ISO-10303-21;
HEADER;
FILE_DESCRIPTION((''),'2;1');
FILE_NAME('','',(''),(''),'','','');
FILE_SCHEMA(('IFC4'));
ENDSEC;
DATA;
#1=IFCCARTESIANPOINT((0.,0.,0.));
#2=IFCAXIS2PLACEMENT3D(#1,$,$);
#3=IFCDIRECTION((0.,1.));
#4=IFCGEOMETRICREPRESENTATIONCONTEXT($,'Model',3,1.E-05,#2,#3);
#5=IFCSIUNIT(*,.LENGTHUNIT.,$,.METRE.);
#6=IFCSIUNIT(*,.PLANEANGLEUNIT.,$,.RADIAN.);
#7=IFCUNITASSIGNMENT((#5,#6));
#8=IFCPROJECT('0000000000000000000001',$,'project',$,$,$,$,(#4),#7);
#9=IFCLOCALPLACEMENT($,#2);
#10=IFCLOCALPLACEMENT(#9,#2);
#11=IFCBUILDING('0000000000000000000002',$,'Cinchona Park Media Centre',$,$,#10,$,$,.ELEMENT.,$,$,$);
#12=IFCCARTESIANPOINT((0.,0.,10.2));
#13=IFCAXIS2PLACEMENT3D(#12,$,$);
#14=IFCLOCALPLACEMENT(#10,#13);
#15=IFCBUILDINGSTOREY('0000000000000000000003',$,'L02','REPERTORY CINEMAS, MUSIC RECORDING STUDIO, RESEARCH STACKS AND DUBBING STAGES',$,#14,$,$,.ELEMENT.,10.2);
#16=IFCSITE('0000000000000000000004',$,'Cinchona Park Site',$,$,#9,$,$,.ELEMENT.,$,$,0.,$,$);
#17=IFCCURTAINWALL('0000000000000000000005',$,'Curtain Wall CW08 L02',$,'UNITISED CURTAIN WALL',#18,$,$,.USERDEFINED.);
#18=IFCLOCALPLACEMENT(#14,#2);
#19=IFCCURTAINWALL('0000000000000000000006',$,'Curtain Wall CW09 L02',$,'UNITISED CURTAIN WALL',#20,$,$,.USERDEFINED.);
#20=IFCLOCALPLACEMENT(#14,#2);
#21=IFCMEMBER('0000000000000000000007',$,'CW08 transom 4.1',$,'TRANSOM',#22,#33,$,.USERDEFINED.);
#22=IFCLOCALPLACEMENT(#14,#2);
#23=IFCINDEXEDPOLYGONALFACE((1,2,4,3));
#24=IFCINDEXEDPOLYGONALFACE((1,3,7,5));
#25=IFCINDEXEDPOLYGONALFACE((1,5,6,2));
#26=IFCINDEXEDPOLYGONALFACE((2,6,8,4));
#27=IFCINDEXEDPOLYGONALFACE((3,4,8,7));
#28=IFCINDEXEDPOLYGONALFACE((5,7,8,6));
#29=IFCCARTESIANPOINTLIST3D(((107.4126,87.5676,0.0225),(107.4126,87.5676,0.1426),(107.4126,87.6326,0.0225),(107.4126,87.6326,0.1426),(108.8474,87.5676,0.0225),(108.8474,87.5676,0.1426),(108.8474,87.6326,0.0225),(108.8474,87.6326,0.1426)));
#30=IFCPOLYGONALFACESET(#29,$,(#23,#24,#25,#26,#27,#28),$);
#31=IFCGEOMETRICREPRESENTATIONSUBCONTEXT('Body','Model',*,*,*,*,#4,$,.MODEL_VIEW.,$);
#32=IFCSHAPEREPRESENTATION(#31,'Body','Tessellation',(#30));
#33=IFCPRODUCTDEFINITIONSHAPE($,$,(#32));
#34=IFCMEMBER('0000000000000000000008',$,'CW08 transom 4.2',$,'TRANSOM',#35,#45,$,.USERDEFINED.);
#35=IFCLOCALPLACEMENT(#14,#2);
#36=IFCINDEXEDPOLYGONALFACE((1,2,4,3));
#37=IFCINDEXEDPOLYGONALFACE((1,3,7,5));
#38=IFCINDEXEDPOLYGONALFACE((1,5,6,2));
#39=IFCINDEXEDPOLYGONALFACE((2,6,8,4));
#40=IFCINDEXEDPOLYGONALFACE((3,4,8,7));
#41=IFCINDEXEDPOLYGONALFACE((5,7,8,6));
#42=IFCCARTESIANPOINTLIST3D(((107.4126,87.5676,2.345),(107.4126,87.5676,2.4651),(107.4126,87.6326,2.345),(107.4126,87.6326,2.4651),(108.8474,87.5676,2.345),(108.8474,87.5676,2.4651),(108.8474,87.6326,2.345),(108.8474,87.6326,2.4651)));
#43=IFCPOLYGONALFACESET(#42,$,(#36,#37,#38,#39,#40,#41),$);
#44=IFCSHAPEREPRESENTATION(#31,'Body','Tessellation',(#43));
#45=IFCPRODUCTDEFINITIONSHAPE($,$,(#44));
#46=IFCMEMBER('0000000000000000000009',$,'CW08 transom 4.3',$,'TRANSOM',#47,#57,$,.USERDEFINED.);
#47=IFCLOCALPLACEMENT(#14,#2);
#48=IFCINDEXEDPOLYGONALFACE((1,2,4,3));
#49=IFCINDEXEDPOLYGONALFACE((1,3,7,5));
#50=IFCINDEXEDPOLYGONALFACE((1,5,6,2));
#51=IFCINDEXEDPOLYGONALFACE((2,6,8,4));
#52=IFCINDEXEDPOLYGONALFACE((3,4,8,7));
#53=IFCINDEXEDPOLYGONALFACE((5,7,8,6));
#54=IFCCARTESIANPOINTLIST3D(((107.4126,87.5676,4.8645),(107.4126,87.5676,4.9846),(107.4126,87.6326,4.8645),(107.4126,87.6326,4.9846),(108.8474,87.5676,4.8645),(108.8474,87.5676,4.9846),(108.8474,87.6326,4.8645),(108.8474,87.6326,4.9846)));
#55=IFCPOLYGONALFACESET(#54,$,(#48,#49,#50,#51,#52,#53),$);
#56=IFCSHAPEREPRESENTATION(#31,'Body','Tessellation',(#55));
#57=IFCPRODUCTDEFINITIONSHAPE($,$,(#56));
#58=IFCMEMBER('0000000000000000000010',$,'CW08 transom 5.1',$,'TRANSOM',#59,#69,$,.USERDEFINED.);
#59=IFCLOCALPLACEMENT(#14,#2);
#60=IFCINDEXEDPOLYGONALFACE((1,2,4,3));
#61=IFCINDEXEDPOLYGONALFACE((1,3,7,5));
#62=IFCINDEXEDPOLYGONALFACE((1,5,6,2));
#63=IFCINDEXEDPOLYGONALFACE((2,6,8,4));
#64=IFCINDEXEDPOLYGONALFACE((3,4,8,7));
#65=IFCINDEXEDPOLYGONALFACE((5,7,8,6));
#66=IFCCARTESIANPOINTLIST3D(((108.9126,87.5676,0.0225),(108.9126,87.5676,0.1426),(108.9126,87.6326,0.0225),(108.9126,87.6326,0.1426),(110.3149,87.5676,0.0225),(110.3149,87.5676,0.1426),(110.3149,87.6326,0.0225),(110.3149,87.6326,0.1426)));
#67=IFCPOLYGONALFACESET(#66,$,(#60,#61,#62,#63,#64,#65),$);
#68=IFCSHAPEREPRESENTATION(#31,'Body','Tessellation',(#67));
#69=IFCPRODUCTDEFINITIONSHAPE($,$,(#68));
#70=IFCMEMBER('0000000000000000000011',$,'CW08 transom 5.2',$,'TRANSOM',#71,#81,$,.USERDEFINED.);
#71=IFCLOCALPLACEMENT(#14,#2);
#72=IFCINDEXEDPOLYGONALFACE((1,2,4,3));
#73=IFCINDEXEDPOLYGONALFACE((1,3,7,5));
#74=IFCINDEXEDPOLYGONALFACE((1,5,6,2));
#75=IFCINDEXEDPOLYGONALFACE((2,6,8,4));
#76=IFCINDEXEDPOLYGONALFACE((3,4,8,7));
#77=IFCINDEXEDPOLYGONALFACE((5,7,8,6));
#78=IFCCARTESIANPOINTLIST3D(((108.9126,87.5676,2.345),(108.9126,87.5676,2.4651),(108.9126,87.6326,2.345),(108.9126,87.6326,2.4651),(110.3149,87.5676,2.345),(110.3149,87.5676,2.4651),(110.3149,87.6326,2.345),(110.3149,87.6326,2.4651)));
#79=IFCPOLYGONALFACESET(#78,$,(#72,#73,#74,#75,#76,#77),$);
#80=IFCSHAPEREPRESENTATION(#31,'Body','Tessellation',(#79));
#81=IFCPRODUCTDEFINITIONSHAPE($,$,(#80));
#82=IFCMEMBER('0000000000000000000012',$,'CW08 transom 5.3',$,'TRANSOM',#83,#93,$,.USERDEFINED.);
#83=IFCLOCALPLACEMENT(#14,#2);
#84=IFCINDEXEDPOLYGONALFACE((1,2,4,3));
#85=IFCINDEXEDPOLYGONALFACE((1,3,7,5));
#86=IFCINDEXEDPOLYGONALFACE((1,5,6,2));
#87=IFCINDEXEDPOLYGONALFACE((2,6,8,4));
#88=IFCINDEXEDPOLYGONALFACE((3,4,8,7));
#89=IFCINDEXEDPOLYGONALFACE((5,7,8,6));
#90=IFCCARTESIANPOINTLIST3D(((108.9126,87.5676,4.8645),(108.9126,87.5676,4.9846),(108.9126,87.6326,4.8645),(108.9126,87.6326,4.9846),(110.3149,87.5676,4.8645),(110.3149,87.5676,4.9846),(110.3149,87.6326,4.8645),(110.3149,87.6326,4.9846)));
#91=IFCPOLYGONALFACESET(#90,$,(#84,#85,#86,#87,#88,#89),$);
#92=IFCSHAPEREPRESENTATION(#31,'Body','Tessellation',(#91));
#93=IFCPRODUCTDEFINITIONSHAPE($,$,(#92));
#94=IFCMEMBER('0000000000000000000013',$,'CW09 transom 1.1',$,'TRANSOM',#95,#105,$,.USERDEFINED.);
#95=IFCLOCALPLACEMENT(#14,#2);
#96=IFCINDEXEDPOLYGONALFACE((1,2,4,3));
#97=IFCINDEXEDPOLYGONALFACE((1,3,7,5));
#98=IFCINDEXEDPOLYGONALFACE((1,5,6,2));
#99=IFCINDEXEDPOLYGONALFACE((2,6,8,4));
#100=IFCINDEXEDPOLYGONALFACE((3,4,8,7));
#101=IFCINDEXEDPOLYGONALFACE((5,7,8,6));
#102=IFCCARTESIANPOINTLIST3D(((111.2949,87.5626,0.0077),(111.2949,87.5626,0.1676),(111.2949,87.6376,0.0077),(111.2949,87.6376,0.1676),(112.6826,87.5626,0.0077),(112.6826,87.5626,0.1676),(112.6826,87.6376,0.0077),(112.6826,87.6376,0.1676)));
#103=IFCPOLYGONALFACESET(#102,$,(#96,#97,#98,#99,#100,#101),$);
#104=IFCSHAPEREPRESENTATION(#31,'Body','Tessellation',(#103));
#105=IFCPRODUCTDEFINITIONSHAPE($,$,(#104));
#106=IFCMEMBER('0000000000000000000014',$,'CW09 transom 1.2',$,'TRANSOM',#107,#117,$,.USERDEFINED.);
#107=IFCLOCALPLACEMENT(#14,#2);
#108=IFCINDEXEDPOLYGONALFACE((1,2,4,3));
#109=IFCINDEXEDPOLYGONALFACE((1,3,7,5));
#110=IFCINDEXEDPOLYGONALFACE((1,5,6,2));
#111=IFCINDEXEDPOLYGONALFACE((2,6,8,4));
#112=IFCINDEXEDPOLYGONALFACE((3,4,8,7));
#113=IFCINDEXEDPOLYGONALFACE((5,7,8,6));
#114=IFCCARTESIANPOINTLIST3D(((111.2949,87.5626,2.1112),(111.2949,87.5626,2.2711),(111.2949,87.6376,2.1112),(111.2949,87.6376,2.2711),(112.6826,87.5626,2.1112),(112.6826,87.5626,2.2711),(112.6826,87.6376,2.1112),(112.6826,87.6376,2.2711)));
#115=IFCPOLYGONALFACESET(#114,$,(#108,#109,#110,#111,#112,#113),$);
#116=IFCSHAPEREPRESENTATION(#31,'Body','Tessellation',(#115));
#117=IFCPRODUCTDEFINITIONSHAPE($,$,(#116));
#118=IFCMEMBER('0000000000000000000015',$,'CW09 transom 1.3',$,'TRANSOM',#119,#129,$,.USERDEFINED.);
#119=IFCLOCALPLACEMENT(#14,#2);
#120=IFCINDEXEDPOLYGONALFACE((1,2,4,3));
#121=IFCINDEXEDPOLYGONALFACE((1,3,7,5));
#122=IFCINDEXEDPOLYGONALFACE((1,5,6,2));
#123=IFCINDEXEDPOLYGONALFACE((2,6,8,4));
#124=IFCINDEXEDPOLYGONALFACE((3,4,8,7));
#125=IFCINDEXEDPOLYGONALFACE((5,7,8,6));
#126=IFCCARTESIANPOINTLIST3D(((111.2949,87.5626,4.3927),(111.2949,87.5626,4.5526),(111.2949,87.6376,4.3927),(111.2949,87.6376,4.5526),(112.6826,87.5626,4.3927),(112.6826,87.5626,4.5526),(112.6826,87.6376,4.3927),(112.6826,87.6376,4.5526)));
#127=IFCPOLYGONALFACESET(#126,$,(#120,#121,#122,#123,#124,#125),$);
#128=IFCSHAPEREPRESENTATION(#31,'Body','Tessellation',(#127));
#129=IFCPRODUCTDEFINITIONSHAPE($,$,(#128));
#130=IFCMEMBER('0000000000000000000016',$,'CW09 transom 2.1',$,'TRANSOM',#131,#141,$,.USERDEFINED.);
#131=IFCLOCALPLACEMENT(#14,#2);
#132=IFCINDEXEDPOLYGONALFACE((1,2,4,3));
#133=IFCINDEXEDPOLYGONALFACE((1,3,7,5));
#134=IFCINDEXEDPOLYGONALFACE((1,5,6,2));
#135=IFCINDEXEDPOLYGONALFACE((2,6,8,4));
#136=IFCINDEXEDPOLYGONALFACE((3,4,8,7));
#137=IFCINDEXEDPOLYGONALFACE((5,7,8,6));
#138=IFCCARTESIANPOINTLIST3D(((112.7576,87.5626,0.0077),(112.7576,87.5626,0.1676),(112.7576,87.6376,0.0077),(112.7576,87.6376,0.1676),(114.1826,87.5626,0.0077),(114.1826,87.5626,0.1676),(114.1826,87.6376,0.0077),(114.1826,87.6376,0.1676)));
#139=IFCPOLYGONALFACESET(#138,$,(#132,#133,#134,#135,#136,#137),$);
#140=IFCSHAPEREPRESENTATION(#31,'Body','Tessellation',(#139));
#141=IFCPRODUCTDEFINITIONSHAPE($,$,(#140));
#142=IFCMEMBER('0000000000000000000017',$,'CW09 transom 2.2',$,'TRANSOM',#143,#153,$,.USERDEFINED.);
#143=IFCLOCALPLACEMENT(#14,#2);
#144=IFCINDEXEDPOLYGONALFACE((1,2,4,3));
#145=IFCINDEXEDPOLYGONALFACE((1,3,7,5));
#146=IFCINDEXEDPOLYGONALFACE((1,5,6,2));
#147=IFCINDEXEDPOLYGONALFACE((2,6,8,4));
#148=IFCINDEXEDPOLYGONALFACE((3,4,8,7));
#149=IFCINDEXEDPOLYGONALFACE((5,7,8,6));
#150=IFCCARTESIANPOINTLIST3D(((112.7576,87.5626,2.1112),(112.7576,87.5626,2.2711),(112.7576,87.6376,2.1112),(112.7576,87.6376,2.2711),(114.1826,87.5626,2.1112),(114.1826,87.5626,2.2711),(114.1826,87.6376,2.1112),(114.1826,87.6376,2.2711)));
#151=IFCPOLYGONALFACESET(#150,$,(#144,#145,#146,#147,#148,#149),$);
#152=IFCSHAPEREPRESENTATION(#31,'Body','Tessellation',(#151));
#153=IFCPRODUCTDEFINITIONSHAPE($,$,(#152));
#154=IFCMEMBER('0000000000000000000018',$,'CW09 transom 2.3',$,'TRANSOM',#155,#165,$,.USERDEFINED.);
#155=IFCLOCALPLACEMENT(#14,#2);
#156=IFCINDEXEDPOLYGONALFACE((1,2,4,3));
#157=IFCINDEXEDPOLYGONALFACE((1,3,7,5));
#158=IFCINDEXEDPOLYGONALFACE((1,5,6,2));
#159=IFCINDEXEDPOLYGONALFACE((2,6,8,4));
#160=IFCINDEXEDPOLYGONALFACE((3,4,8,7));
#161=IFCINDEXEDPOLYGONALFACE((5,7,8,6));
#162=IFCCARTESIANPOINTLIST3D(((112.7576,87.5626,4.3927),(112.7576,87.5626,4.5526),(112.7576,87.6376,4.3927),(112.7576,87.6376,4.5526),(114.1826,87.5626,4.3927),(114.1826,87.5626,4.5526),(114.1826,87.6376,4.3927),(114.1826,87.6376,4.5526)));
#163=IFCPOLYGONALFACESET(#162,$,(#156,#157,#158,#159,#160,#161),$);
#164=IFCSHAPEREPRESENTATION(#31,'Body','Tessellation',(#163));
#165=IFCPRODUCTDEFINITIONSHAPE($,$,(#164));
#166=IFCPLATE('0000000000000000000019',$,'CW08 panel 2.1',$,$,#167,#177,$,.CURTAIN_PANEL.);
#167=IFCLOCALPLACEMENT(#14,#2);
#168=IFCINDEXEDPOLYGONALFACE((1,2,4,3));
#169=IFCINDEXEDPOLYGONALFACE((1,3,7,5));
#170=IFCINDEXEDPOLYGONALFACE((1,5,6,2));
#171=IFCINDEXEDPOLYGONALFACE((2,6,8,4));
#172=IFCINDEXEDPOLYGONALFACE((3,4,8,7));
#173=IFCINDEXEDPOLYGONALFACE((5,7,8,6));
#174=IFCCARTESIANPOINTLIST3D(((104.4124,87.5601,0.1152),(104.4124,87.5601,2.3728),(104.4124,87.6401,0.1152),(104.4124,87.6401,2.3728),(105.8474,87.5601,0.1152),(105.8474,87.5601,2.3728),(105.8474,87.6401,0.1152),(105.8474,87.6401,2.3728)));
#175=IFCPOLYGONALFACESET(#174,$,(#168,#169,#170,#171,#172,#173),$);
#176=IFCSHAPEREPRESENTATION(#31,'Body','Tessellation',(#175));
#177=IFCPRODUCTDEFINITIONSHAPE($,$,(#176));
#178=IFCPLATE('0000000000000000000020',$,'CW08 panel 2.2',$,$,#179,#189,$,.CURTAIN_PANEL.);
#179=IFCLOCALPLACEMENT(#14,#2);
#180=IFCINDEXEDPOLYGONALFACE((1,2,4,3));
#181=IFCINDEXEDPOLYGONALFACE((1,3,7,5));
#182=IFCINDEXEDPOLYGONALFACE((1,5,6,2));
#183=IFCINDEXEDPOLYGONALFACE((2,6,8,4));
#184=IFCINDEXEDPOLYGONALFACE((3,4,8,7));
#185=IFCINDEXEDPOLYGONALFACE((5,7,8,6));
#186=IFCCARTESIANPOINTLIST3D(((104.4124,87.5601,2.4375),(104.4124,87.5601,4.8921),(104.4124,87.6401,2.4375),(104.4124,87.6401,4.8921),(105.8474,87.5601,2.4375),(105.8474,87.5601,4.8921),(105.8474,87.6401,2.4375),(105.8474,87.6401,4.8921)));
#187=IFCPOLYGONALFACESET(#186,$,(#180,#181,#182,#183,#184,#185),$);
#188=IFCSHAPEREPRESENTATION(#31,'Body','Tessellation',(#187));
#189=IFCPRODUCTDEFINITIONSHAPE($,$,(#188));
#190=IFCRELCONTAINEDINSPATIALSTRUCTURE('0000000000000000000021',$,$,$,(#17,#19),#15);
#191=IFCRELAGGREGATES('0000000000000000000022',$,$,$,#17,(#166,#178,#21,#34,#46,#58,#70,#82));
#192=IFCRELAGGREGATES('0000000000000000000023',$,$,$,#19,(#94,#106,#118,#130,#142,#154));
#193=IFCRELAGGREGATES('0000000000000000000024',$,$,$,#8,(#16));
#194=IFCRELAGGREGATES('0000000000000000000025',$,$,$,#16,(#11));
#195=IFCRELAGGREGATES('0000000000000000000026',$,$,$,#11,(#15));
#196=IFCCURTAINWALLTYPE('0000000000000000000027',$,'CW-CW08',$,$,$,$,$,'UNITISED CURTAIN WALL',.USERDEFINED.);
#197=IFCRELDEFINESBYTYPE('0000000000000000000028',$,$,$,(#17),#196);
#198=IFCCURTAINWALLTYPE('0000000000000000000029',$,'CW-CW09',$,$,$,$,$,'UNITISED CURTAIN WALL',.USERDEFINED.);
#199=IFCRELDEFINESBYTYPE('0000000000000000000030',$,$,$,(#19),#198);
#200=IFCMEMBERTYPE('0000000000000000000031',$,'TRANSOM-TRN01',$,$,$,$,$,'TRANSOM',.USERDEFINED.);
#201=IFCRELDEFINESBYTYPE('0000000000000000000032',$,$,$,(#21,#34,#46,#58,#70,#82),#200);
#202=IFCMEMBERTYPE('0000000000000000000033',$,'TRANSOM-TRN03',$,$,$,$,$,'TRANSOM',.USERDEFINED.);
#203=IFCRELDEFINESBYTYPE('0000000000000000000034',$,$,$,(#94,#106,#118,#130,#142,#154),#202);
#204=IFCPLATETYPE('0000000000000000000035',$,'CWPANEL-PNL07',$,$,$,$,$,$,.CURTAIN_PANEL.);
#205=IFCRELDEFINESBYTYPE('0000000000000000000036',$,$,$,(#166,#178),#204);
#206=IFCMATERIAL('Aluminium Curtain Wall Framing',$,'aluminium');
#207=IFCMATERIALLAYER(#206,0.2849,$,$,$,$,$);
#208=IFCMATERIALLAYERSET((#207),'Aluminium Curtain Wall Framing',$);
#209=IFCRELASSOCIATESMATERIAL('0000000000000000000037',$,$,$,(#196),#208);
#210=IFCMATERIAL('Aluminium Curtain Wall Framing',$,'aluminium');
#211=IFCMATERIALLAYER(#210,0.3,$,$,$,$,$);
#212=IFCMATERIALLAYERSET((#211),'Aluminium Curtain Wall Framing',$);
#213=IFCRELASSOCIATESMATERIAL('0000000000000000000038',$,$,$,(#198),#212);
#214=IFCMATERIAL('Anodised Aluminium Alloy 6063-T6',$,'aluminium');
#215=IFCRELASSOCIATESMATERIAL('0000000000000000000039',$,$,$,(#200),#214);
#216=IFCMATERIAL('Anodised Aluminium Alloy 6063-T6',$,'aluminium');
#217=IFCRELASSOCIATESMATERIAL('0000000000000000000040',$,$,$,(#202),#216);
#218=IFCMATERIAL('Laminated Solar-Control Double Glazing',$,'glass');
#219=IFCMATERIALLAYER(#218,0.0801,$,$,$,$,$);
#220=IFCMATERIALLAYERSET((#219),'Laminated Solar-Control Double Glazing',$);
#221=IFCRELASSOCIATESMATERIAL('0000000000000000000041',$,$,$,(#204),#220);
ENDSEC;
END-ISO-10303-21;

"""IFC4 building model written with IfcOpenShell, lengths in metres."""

from ifc_helpers import new_model, si_unit, direction, frame, origin, origin_2d, place, context, subcontext, project, spatial, rectangle, extrude, material, layer, layer_set, material_profile, profile_set, type_object, element, aggregate, save


model = new_model("IFC4")

# Units and contexts
model_context = context("Model", 3, precision=1e-05, world=origin(), true_north=direction((0.0, 1.0)))
body_context = subcontext(model_context, "Body", "Model", "MODEL_VIEW")
ifc_project = project(units=[si_unit("LENGTHUNIT", "METRE"), si_unit("PLANEANGLEUNIT", "RADIAN")], contexts=[model_context])

# Site, building, storey
site_placement = place(None, origin())
site = spatial("IfcSite", under=ifc_project, at=site_placement, Name="Cinchona Park Site", CompositionType="ELEMENT", RefElevation=0.0)
building_placement = place(site_placement, origin())
building = spatial("IfcBuilding", under=site, at=building_placement, Name="Cinchona Park Media Centre", CompositionType="ELEMENT")
storey_placement = place(building_placement, frame((0.0, 0.0, 10.2)))
storey = spatial("IfcBuildingStorey", under=building, at=storey_placement, Name="L02", Description="REPERTORY CINEMAS, MUSIC RECORDING STUDIO, RESEARCH STACKS AND DUBBING STAGES", CompositionType="ELEMENT", Elevation=10.2)

# Curtain walls
ifc_material_1 = material(Name="Aluminium Curtain Wall Framing", Category="aluminium")
ifc_layer_1 = layer(ifc_material_1, 0.2849)
ifc_layer_set_1 = layer_set([ifc_layer_1], Name="Aluminium Curtain Wall Framing")
curtain_wall_type_1 = type_object("IfcCurtainWallType", Name="CW-CW08", ElementType="UNITISED CURTAIN WALL", PredefinedType="USERDEFINED", material=ifc_layer_set_1)
curtain_wall_1_placement = place(storey_placement, origin())
curtain_wall_1 = element("IfcCurtainWall", 1, at=curtain_wall_1_placement, inside=storey, type_object=curtain_wall_type_1, Name="Curtain Wall CW08 L02", ObjectType="UNITISED CURTAIN WALL", PredefinedType="USERDEFINED")
ifc_material_2 = material(Name="Aluminium Curtain Wall Framing", Category="aluminium")
ifc_layer_2 = layer(ifc_material_2, 0.3)
ifc_layer_set_2 = layer_set([ifc_layer_2], Name="Aluminium Curtain Wall Framing")
curtain_wall_type_2 = type_object("IfcCurtainWallType", Name="CW-CW09", ElementType="UNITISED CURTAIN WALL", PredefinedType="USERDEFINED", material=ifc_layer_set_2)
curtain_wall_2_placement = place(storey_placement, origin())
curtain_wall_2 = element("IfcCurtainWall", 2, at=curtain_wall_2_placement, inside=storey, type_object=curtain_wall_type_2, Name="Curtain Wall CW09 L02", ObjectType="UNITISED CURTAIN WALL", PredefinedType="USERDEFINED")

# Members
ifc_material_3 = material(Name="Anodised Aluminium Alloy 6063-T6", Category="aluminium")
ifc_material_profile_1 = material_profile(ifc_material_3, rectangle(XDim=0.0649, YDim=0.1201, at=origin_2d()), Name="TRN-65X120")
ifc_profile_set_1 = profile_set([ifc_material_profile_1], Name="Anodised Aluminium Alloy 6063-T6")
member_type_1 = type_object("IfcMemberType", Name="TRANSOM-TRN01", ElementType="TRANSOM", PredefinedType="USERDEFINED", material=ifc_profile_set_1)
member_1_placement = place(storey_placement, frame((107.4126, 87.6001, 0.0825), z_axis=(1.0, 0.0, 0.0), x_axis=(0.0, 1.0, 0.0)))
member_1 = element("IfcMember", 3, at=member_1_placement, type_object=member_type_1, Name="CW08 transom 4.1", ObjectType="TRANSOM", PredefinedType="USERDEFINED", context=body_context, shape_type="SweptSolid", body=[
    extrude(rectangle(XDim=0.0649, YDim=0.1201, at=origin_2d()), origin(), (0.0, 0.0, 1.0), 1.4348),
])
member_2_placement = place(storey_placement, frame((107.4126, 87.6001, 2.405), z_axis=(1.0, 0.0, 0.0), x_axis=(0.0, 1.0, 0.0)))
member_2 = element("IfcMember", 4, at=member_2_placement, type_object=member_type_1, Name="CW08 transom 4.2", ObjectType="TRANSOM", PredefinedType="USERDEFINED", context=body_context, shape_type="SweptSolid", body=[
    extrude(rectangle(XDim=0.0649, YDim=0.1201, at=origin_2d()), origin(), (0.0, 0.0, 1.0), 1.4348),
])
member_3_placement = place(storey_placement, frame((107.4126, 87.6001, 4.9246), z_axis=(1.0, 0.0, 0.0), x_axis=(0.0, 1.0, 0.0)))
member_3 = element("IfcMember", 5, at=member_3_placement, type_object=member_type_1, Name="CW08 transom 4.3", ObjectType="TRANSOM", PredefinedType="USERDEFINED", context=body_context, shape_type="SweptSolid", body=[
    extrude(rectangle(XDim=0.0649, YDim=0.1201, at=origin_2d()), origin(), (0.0, 0.0, 1.0), 1.4348),
])
member_4_placement = place(storey_placement, frame((108.9126, 87.6001, 0.0825), z_axis=(1.0, 0.0, 0.0), x_axis=(0.0, 1.0, 0.0)))
member_4 = element("IfcMember", 6, at=member_4_placement, type_object=member_type_1, Name="CW08 transom 5.1", ObjectType="TRANSOM", PredefinedType="USERDEFINED", context=body_context, shape_type="SweptSolid", body=[
    extrude(rectangle(XDim=0.0649, YDim=0.1201, at=origin_2d()), origin(), (0.0, 0.0, 1.0), 1.4023),
])
member_5_placement = place(storey_placement, frame((108.9126, 87.6001, 2.405), z_axis=(1.0, 0.0, 0.0), x_axis=(0.0, 1.0, 0.0)))
member_5 = element("IfcMember", 7, at=member_5_placement, type_object=member_type_1, Name="CW08 transom 5.2", ObjectType="TRANSOM", PredefinedType="USERDEFINED", context=body_context, shape_type="SweptSolid", body=[
    extrude(rectangle(XDim=0.0649, YDim=0.1201, at=origin_2d()), origin(), (0.0, 0.0, 1.0), 1.4023),
])
member_6_placement = place(storey_placement, frame((108.9126, 87.6001, 4.9246), z_axis=(1.0, 0.0, 0.0), x_axis=(0.0, 1.0, 0.0)))
member_6 = element("IfcMember", 8, at=member_6_placement, type_object=member_type_1, Name="CW08 transom 5.3", ObjectType="TRANSOM", PredefinedType="USERDEFINED", context=body_context, shape_type="SweptSolid", body=[
    extrude(rectangle(XDim=0.0649, YDim=0.1201, at=origin_2d()), origin(), (0.0, 0.0, 1.0), 1.4023),
])
ifc_material_4 = material(Name="Anodised Aluminium Alloy 6063-T6", Category="aluminium")
ifc_material_profile_2 = material_profile(ifc_material_4, rectangle(XDim=0.075, YDim=0.1599, at=origin_2d()), Name="TRN-75X160")
ifc_profile_set_2 = profile_set([ifc_material_profile_2], Name="Anodised Aluminium Alloy 6063-T6")
member_type_2 = type_object("IfcMemberType", Name="TRANSOM-TRN03", ElementType="TRANSOM", PredefinedType="USERDEFINED", material=ifc_profile_set_2)
member_7_placement = place(storey_placement, frame((111.2949, 87.6001, 0.0876), z_axis=(1.0, 0.0, 0.0), x_axis=(0.0, 1.0, 0.0)))
member_7 = element("IfcMember", 9, at=member_7_placement, type_object=member_type_2, Name="CW09 transom 1.1", ObjectType="TRANSOM", PredefinedType="USERDEFINED", context=body_context, shape_type="SweptSolid", body=[
    extrude(rectangle(XDim=0.075, YDim=0.1599, at=origin_2d()), origin(), (0.0, 0.0, 1.0), 1.3877),
])
member_8_placement = place(storey_placement, frame((111.2949, 87.6001, 2.1912), z_axis=(1.0, 0.0, 0.0), x_axis=(0.0, 1.0, 0.0)))
member_8 = element("IfcMember", 10, at=member_8_placement, type_object=member_type_2, Name="CW09 transom 1.2", ObjectType="TRANSOM", PredefinedType="USERDEFINED", context=body_context, shape_type="SweptSolid", body=[
    extrude(rectangle(XDim=0.075, YDim=0.1599, at=origin_2d()), origin(), (0.0, 0.0, 1.0), 1.3877),
])
member_9_placement = place(storey_placement, frame((111.2949, 87.6001, 4.4727), z_axis=(1.0, 0.0, 0.0), x_axis=(0.0, 1.0, 0.0)))
member_9 = element("IfcMember", 11, at=member_9_placement, type_object=member_type_2, Name="CW09 transom 1.3", ObjectType="TRANSOM", PredefinedType="USERDEFINED", context=body_context, shape_type="SweptSolid", body=[
    extrude(rectangle(XDim=0.075, YDim=0.1599, at=origin_2d()), origin(), (0.0, 0.0, 1.0), 1.3877),
])
member_10_placement = place(storey_placement, frame((112.7576, 87.6001, 0.0876), z_axis=(1.0, 0.0, 0.0), x_axis=(0.0, 1.0, 0.0)))
member_10 = element("IfcMember", 12, at=member_10_placement, type_object=member_type_2, Name="CW09 transom 2.1", ObjectType="TRANSOM", PredefinedType="USERDEFINED", context=body_context, shape_type="SweptSolid", body=[
    extrude(rectangle(XDim=0.075, YDim=0.1599, at=origin_2d()), origin(), (0.0, 0.0, 1.0), 1.425),
])
member_11_placement = place(storey_placement, frame((112.7576, 87.6001, 2.1912), z_axis=(1.0, 0.0, 0.0), x_axis=(0.0, 1.0, 0.0)))
member_11 = element("IfcMember", 13, at=member_11_placement, type_object=member_type_2, Name="CW09 transom 2.2", ObjectType="TRANSOM", PredefinedType="USERDEFINED", context=body_context, shape_type="SweptSolid", body=[
    extrude(rectangle(XDim=0.075, YDim=0.1599, at=origin_2d()), origin(), (0.0, 0.0, 1.0), 1.425),
])
member_12_placement = place(storey_placement, frame((112.7576, 87.6001, 4.4727), z_axis=(1.0, 0.0, 0.0), x_axis=(0.0, 1.0, 0.0)))
member_12 = element("IfcMember", 14, at=member_12_placement, type_object=member_type_2, Name="CW09 transom 2.3", ObjectType="TRANSOM", PredefinedType="USERDEFINED", context=body_context, shape_type="SweptSolid", body=[
    extrude(rectangle(XDim=0.075, YDim=0.1599, at=origin_2d()), origin(), (0.0, 0.0, 1.0), 1.425),
])

# Plates
ifc_material_5 = material(Name="Laminated Solar-Control Double Glazing", Category="glass")
ifc_layer_3 = layer(ifc_material_5, 0.0801)
ifc_layer_set_3 = layer_set([ifc_layer_3], Name="Laminated Solar-Control Double Glazing")
plate_type_1 = type_object("IfcPlateType", Name="CWPANEL-PNL07", PredefinedType="CURTAIN_PANEL", material=ifc_layer_set_3)
plate_1_placement = place(storey_placement, frame((105.1299, 87.6001, 0.1152), z_axis=(0.0, 0.0, 1.0), x_axis=(1.0, 0.0, 0.0)))
plate_1 = element("IfcPlate", 15, at=plate_1_placement, type_object=plate_type_1, Name="CW08 panel 2.1", PredefinedType="CURTAIN_PANEL", context=body_context, shape_type="SweptSolid", body=[
    extrude(rectangle(XDim=1.4351, YDim=0.0801, at=origin_2d()), origin(), (0.0, 0.0, 1.0), 2.2576),
])
plate_2_placement = place(storey_placement, frame((105.1299, 87.6001, 2.4375), z_axis=(0.0, 0.0, 1.0), x_axis=(1.0, 0.0, 0.0)))
plate_2 = element("IfcPlate", 16, at=plate_2_placement, type_object=plate_type_1, Name="CW08 panel 2.2", PredefinedType="CURTAIN_PANEL", context=body_context, shape_type="SweptSolid", body=[
    extrude(rectangle(XDim=1.4351, YDim=0.0801, at=origin_2d()), origin(), (0.0, 0.0, 1.0), 2.4546),
])
aggregate(curtain_wall_1, [plate_1, plate_2, member_1, member_2, member_3, member_4, member_5, member_6])
aggregate(curtain_wall_2, [member_7, member_8, member_9, member_10, member_11, member_12])

save(model, "model.ifc")
